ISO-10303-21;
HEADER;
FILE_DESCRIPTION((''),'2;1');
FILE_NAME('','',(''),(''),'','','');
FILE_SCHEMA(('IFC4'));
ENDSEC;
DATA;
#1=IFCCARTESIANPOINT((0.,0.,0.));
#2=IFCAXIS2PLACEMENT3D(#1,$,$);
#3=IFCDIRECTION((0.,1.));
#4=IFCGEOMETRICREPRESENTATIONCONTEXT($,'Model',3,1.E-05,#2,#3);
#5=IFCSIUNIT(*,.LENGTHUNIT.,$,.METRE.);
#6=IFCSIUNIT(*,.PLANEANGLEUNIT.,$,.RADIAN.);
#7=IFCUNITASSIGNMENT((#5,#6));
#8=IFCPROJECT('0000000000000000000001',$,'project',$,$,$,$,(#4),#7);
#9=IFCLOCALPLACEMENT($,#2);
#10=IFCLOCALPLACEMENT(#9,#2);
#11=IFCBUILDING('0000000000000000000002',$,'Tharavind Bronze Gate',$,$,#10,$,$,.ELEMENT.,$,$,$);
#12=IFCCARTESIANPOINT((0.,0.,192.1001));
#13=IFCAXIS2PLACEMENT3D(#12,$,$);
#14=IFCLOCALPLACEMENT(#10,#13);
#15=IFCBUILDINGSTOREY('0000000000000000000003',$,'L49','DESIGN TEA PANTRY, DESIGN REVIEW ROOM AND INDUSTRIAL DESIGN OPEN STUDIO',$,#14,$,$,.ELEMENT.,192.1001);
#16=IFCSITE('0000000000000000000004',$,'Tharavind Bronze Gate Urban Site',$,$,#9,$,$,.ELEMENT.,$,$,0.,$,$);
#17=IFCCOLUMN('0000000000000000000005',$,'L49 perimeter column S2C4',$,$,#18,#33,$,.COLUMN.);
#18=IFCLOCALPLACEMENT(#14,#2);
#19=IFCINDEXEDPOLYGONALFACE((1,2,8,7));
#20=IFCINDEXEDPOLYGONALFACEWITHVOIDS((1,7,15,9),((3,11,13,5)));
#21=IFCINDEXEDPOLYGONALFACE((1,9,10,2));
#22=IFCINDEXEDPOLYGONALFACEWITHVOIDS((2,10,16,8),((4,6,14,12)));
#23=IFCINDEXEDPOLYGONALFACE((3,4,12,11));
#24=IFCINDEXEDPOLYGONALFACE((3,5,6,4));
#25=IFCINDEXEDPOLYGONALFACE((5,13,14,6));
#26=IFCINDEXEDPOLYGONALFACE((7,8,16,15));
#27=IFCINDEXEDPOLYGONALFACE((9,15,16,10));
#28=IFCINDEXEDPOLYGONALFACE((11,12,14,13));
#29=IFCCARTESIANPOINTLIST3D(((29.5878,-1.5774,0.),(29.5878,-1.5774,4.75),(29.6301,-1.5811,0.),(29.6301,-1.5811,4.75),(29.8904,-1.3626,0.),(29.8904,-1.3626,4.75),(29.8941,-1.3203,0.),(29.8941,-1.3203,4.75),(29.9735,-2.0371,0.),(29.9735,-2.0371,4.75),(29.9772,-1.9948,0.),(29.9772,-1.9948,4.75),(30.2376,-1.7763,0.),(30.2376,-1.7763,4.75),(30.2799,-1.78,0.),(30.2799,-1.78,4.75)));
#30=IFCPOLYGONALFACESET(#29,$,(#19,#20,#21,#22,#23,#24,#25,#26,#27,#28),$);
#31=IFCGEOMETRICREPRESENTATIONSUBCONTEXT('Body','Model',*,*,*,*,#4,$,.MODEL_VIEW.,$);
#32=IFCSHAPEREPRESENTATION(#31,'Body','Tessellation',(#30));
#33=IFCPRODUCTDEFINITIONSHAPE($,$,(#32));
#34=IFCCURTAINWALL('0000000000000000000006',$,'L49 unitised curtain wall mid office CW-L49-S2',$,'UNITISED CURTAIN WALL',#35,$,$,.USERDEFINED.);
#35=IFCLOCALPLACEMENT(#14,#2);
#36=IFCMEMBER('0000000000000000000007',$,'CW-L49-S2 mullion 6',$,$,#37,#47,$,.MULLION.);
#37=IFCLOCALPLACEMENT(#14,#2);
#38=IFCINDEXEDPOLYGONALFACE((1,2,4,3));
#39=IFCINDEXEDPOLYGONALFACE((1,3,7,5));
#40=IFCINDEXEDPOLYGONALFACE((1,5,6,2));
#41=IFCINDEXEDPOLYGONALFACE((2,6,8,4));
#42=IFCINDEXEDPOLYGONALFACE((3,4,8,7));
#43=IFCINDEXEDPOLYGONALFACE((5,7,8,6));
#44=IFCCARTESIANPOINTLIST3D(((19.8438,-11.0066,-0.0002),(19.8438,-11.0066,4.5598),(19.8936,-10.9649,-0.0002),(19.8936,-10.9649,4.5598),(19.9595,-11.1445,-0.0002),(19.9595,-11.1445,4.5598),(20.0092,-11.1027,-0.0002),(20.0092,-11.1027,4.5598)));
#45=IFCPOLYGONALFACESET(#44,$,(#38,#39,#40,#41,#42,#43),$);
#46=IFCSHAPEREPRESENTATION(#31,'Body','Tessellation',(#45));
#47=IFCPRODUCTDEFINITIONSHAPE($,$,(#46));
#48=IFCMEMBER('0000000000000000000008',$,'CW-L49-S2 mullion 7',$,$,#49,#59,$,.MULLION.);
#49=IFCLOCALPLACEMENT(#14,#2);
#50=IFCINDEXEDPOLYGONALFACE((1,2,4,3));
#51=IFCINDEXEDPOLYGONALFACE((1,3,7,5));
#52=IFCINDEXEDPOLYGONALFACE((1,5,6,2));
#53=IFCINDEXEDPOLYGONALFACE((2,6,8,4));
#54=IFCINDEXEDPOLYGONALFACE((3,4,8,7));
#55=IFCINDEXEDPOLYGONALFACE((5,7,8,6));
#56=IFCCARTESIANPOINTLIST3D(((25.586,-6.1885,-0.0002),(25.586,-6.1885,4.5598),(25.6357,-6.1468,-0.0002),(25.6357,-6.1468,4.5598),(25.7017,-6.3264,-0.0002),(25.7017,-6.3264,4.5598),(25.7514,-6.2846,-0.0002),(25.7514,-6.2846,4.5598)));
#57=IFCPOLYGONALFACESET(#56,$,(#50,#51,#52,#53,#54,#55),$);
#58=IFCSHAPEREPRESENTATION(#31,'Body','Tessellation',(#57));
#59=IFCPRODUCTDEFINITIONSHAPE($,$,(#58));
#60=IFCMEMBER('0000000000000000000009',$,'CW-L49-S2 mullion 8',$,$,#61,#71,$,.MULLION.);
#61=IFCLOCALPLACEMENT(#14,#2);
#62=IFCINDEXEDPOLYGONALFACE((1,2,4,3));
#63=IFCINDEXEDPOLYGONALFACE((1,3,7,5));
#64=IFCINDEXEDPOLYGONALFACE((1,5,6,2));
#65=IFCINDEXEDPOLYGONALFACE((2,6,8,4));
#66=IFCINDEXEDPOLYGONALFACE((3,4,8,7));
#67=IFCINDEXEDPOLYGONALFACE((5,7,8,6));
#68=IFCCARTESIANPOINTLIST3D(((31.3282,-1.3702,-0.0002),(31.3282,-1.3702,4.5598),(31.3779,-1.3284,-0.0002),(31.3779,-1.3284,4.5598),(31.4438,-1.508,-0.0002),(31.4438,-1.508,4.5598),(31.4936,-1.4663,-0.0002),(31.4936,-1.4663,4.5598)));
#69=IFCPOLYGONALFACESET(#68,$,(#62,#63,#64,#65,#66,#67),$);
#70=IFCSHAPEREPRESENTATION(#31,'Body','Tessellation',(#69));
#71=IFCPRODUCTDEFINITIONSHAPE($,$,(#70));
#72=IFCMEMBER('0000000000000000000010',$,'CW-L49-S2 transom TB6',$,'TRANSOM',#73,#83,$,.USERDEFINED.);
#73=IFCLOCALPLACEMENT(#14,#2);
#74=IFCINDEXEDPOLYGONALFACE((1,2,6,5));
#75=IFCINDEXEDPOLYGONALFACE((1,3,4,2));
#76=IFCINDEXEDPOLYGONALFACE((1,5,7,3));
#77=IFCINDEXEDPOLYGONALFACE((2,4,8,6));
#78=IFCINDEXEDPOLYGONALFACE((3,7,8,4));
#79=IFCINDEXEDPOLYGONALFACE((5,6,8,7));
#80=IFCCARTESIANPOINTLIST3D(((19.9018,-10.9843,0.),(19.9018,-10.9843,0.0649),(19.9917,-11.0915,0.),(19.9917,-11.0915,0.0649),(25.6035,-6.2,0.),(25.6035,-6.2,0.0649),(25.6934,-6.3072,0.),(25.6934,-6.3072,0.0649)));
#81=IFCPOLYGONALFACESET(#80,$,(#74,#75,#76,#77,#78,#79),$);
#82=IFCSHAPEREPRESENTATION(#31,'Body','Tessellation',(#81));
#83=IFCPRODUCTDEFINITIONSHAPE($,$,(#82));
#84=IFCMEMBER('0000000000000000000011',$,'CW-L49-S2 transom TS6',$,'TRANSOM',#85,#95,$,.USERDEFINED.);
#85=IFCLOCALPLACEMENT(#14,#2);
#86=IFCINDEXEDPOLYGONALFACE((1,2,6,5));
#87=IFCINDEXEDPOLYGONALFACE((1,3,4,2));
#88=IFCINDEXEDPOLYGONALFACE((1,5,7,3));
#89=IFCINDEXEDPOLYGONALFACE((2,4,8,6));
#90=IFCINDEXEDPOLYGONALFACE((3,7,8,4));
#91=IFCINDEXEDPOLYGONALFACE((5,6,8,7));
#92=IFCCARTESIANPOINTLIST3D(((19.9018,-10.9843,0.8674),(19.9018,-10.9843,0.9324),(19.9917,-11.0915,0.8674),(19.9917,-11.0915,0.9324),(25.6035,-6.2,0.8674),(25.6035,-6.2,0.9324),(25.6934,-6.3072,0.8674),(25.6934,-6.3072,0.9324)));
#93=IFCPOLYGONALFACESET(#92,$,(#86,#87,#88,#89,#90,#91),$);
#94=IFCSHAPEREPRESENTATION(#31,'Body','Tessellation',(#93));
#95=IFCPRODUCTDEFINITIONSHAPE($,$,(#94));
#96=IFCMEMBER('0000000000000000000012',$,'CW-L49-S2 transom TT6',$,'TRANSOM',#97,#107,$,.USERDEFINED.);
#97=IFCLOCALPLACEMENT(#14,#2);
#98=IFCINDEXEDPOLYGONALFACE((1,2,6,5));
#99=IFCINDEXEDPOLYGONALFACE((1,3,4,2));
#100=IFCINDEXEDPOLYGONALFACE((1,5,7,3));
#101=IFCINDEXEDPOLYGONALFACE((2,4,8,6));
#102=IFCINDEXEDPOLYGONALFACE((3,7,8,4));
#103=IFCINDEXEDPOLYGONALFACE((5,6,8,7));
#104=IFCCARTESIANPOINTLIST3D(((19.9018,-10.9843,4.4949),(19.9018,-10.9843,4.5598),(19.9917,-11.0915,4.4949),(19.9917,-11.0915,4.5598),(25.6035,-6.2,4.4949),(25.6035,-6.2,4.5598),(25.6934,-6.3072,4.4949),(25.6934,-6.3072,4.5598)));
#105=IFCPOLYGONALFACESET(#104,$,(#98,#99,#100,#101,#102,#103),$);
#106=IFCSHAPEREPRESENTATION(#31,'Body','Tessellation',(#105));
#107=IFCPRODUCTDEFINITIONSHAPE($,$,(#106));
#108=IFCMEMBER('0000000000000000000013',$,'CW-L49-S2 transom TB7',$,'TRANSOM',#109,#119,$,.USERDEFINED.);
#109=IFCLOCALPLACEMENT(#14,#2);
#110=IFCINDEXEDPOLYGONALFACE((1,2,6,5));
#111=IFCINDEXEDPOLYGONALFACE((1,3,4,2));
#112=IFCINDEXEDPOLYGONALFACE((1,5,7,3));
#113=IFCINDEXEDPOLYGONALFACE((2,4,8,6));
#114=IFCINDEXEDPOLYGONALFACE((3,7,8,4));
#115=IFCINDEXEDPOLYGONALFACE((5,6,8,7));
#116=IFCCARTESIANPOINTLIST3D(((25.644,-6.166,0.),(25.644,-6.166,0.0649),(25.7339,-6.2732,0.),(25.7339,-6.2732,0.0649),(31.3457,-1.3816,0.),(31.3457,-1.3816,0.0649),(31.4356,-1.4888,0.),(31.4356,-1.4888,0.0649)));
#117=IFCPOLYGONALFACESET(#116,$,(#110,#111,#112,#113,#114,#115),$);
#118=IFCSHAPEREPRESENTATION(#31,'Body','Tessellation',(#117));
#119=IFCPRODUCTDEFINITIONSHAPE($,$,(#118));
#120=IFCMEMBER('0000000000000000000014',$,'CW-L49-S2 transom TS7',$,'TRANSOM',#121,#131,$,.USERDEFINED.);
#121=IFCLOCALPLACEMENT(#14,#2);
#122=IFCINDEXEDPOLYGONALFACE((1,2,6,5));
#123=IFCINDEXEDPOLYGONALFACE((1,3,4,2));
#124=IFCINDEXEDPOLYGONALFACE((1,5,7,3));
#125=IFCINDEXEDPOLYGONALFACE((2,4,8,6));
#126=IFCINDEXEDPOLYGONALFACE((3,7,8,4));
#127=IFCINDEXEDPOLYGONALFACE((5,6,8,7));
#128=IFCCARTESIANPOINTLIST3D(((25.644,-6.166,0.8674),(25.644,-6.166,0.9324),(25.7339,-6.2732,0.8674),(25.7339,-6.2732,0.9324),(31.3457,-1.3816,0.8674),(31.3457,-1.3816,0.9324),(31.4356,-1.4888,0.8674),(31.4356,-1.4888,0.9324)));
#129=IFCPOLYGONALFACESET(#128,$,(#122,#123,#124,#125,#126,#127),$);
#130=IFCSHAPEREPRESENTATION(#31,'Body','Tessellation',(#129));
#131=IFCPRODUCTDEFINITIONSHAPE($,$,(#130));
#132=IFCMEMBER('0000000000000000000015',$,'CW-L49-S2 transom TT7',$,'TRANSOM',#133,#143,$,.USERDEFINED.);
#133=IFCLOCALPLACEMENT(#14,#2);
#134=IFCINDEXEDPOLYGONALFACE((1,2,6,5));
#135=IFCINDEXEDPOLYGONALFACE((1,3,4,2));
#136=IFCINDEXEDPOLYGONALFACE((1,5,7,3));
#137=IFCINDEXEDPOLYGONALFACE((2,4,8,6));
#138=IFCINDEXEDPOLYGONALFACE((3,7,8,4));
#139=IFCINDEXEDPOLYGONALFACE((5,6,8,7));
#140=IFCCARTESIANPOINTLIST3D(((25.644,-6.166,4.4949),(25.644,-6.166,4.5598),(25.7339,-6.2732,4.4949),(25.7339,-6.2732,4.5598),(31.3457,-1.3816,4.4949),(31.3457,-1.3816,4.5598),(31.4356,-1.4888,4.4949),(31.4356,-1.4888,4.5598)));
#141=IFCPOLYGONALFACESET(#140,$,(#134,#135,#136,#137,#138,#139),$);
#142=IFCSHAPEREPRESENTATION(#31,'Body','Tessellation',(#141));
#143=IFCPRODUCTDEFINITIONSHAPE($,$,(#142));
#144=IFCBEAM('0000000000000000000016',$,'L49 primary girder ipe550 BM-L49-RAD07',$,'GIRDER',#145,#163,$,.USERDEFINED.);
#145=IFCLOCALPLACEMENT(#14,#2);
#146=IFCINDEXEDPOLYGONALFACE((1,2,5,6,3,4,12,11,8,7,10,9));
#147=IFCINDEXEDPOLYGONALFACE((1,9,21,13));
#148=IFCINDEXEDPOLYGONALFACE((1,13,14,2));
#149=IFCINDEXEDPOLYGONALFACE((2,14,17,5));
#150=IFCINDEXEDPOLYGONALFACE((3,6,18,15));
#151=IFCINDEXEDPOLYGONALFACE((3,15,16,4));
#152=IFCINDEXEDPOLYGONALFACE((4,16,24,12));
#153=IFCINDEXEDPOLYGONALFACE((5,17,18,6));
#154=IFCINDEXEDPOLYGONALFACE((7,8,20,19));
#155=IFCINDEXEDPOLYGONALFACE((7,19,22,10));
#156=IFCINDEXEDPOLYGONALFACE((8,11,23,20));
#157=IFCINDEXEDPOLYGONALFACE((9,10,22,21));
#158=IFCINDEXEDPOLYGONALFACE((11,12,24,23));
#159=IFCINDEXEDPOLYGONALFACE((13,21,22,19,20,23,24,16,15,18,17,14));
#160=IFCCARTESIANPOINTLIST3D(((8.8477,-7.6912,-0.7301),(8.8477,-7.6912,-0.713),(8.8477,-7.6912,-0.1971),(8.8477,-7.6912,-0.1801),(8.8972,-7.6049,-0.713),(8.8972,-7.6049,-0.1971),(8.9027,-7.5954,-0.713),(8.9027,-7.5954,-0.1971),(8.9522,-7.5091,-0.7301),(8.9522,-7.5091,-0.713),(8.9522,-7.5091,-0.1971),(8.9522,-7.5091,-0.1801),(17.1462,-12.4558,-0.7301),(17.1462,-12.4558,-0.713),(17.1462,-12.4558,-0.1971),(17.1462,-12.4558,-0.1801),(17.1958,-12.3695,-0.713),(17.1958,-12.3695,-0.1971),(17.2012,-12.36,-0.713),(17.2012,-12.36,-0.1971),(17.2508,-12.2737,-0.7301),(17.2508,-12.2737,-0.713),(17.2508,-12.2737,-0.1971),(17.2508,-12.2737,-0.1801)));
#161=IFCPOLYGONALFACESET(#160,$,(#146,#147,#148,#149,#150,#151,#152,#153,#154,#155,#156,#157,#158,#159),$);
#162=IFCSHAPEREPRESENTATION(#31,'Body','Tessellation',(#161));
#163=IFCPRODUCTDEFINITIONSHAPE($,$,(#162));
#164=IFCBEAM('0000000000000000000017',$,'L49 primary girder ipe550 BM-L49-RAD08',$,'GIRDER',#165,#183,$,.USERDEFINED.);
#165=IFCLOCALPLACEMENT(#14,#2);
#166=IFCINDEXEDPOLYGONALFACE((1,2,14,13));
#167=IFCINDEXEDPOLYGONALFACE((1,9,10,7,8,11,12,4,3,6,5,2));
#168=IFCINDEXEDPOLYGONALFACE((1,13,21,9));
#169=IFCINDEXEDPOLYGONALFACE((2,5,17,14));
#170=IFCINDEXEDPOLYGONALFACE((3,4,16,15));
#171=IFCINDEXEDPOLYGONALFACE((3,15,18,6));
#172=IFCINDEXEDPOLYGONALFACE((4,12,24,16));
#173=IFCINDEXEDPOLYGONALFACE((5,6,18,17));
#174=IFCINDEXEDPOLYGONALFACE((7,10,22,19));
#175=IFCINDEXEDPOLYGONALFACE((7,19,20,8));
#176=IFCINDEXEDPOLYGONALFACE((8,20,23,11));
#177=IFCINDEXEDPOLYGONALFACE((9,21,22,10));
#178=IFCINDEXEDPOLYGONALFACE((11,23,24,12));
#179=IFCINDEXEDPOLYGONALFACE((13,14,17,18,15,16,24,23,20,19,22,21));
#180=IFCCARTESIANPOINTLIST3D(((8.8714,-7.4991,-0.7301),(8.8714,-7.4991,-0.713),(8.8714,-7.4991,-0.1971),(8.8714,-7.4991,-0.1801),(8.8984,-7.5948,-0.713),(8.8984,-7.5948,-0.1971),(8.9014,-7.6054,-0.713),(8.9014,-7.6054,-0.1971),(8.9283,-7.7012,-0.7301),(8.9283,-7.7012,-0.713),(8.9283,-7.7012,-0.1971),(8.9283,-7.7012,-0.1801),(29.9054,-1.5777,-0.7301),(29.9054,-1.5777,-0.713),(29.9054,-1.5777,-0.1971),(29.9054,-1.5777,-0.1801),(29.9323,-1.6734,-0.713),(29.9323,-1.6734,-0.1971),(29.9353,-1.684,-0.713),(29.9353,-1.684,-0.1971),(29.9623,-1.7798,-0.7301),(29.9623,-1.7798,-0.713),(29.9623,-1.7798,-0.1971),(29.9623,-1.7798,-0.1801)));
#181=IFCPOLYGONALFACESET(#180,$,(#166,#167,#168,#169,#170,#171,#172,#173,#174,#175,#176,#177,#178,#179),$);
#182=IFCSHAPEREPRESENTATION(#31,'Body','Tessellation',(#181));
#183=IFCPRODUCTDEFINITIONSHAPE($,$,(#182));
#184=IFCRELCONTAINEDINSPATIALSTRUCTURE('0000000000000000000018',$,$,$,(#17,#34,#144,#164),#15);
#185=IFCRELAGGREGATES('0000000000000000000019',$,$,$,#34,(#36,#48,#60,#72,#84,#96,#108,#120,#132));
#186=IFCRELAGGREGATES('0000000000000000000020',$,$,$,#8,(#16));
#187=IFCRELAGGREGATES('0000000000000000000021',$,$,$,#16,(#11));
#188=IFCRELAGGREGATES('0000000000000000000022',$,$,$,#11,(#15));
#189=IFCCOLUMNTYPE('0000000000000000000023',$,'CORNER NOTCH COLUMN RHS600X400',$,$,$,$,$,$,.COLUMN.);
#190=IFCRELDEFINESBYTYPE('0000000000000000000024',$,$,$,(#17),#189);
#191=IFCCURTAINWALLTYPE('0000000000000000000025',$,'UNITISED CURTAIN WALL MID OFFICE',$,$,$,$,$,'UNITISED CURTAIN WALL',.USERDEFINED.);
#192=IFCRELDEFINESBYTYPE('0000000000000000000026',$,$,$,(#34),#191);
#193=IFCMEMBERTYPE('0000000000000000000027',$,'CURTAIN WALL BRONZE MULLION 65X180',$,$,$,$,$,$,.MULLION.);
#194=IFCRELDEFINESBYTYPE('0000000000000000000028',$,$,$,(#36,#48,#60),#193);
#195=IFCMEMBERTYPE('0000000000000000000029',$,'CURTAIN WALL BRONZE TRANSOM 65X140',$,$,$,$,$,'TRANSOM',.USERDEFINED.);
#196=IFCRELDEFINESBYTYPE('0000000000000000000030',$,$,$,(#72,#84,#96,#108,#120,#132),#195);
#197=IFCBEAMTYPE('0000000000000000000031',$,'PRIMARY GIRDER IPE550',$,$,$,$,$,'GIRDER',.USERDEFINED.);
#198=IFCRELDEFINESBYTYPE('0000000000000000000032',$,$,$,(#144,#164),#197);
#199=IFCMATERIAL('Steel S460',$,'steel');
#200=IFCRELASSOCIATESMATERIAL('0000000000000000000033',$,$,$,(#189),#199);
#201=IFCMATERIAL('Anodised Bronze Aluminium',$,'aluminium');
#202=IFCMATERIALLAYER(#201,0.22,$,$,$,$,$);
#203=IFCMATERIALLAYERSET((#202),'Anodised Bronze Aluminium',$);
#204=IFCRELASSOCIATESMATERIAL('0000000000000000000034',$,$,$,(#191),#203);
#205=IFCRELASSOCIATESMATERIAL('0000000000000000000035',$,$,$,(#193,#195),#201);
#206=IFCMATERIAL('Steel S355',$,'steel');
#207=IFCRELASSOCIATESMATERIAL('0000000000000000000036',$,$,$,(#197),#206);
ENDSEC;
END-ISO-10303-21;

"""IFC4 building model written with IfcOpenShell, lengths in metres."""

from ifc_helpers import new_model, si_unit, direction, frame, origin, origin_2d, place, context, subcontext, project, spatial, rectangle, hollow_rectangle, i_section, extrude, material, layer, layer_set, material_profile, profile_set, type_object, element, aggregate, save


model = new_model("IFC4")

# Units and contexts
model_context = context("Model", 3, precision=1e-05, world=origin(), true_north=direction((0.0, 1.0)))
body_context = subcontext(model_context, "Body", "Model", "MODEL_VIEW")
ifc_project = project(units=[si_unit("LENGTHUNIT", "METRE"), si_unit("PLANEANGLEUNIT", "RADIAN")], contexts=[model_context])

# Site, building, storey
site_placement = place(None, origin())
site = spatial("IfcSite", under=ifc_project, at=site_placement, Name="Tharavind Bronze Gate Urban Site", CompositionType="ELEMENT", RefElevation=0.0)
building_placement = place(site_placement, origin())
building = spatial("IfcBuilding", under=site, at=building_placement, Name="Tharavind Bronze Gate", CompositionType="ELEMENT")
storey_placement = place(building_placement, frame((0.0, 0.0, 192.1001)))
storey = spatial("IfcBuildingStorey", under=building, at=storey_placement, Name="L49", Description="DESIGN TEA PANTRY, DESIGN REVIEW ROOM AND INDUSTRIAL DESIGN OPEN STUDIO", CompositionType="ELEMENT", Elevation=192.1001)

# Column
ifc_material_1 = material(Name="Steel S460", Category="steel")
ifc_material_profile_1 = material_profile(ifc_material_1, hollow_rectangle(XDim=0.3999, YDim=0.6001, WallThickness=0.03, at=origin_2d()), Name="RHS600X400X30")
ifc_profile_set_1 = profile_set([ifc_material_profile_1], Name="Steel S460")
column_type = type_object("IfcColumnType", Name="CORNER NOTCH COLUMN RHS600X400", PredefinedType="COLUMN", material=ifc_profile_set_1)
column_placement = place(storey_placement, frame((29.9338, -1.6787, 0.0), z_axis=(0.0, 0.0, 1.0), x_axis=(0.766043, 0.642789, 0.0)))
element("IfcColumn", 1, at=column_placement, inside=storey, type_object=column_type, Name="L49 perimeter column S2C4", PredefinedType="COLUMN", context=body_context, shape_type="SweptSolid", body=[
    extrude(hollow_rectangle(XDim=0.3999, YDim=0.6001, WallThickness=0.03, at=origin_2d()), origin(), (0.0, 0.0, 1.0), 4.75),
])

# Curtain wall, members
ifc_material_2 = material(Name="Anodised Bronze Aluminium", Category="aluminium")
ifc_layer_1 = layer(ifc_material_2, 0.22)
ifc_layer_set_1 = layer_set([ifc_layer_1], Name="Anodised Bronze Aluminium")
curtain_wall_type = type_object("IfcCurtainWallType", Name="UNITISED CURTAIN WALL MID OFFICE", ElementType="UNITISED CURTAIN WALL", PredefinedType="USERDEFINED", material=ifc_layer_set_1)
curtain_wall_placement = place(storey_placement, origin())
curtain_wall = element("IfcCurtainWall", 2, at=curtain_wall_placement, inside=storey, type_object=curtain_wall_type, Name="L49 unitised curtain wall mid office CW-L49-S2", ObjectType="UNITISED CURTAIN WALL", PredefinedType="USERDEFINED")
member_type_1 = type_object("IfcMemberType", Name="CURTAIN WALL BRONZE MULLION 65X180", PredefinedType="MULLION", material=ifc_material_2)
member_1_placement = place(storey_placement, frame((19.9265, -11.0547, -0.0002), z_axis=(0.0, 0.0, 1.0), x_axis=(0.766043, 0.642789, 0.0)))
member_1 = element("IfcMember", 3, at=member_1_placement, type_object=member_type_1, Name="CW-L49-S2 mullion 6", PredefinedType="MULLION", context=body_context, shape_type="SweptSolid", body=[
    extrude(rectangle(XDim=0.0649, YDim=0.1799, at=origin_2d()), origin(), (0.0, 0.0, 1.0), 4.5601),
])
member_2_placement = place(storey_placement, frame((25.6687, -6.2366, -0.0002), z_axis=(0.0, 0.0, 1.0), x_axis=(0.766043, 0.642789, 0.0)))
member_2 = element("IfcMember", 4, at=member_2_placement, type_object=member_type_1, Name="CW-L49-S2 mullion 7", PredefinedType="MULLION", context=body_context, shape_type="SweptSolid", body=[
    extrude(rectangle(XDim=0.0649, YDim=0.1799, at=origin_2d()), origin(), (0.0, 0.0, 1.0), 4.5601),
])
member_3_placement = place(storey_placement, frame((31.4109, -1.4182, -0.0002), z_axis=(0.0, 0.0, 1.0), x_axis=(0.766043, 0.642789, 0.0)))
member_3 = element("IfcMember", 5, at=member_3_placement, type_object=member_type_1, Name="CW-L49-S2 mullion 8", PredefinedType="MULLION", context=body_context, shape_type="SweptSolid", body=[
    extrude(rectangle(XDim=0.0649, YDim=0.1799, at=origin_2d()), origin(), (0.0, 0.0, 1.0), 4.5601),
])
member_type_2 = type_object("IfcMemberType", Name="CURTAIN WALL BRONZE TRANSOM 65X140", ElementType="TRANSOM", PredefinedType="USERDEFINED", material=ifc_material_2)
member_4_placement = place(storey_placement, frame((22.7976, -8.6458, 0.0), z_axis=(0.0, 0.0, 1.0), x_axis=(0.766043, 0.642789, 0.0)))
member_4 = element("IfcMember", 6, at=member_4_placement, type_object=member_type_2, Name="CW-L49-S2 transom TB6", ObjectType="TRANSOM", PredefinedType="USERDEFINED", context=body_context, shape_type="SweptSolid", body=[
    extrude(rectangle(XDim=7.4431, YDim=0.1399, at=origin_2d()), origin(), (0.0, 0.0, 1.0), 0.0649),
])
member_5_placement = place(storey_placement, frame((22.7976, -8.6458, 0.8674), z_axis=(0.0, 0.0, 1.0), x_axis=(0.766043, 0.642789, 0.0)))
member_5 = element("IfcMember", 7, at=member_5_placement, type_object=member_type_2, Name="CW-L49-S2 transom TS6", ObjectType="TRANSOM", PredefinedType="USERDEFINED", context=body_context, shape_type="SweptSolid", body=[
    extrude(rectangle(XDim=7.4431, YDim=0.1399, at=origin_2d()), origin(), (0.0, 0.0, 1.0), 0.0649),
])
member_6_placement = place(storey_placement, frame((22.7976, -8.6458, 4.4949), z_axis=(0.0, 0.0, 1.0), x_axis=(0.766043, 0.642789, 0.0)))
member_6 = element("IfcMember", 8, at=member_6_placement, type_object=member_type_2, Name="CW-L49-S2 transom TT6", ObjectType="TRANSOM", PredefinedType="USERDEFINED", context=body_context, shape_type="SweptSolid", body=[
    extrude(rectangle(XDim=7.4431, YDim=0.1399, at=origin_2d()), origin(), (0.0, 0.0, 1.0), 0.0649),
])
member_7_placement = place(storey_placement, frame((28.5398, -3.8274, 0.0), z_axis=(0.0, 0.0, 1.0), x_axis=(0.766043, 0.642789, 0.0)))
member_7 = element("IfcMember", 9, at=member_7_placement, type_object=member_type_2, Name="CW-L49-S2 transom TB7", ObjectType="TRANSOM", PredefinedType="USERDEFINED", context=body_context, shape_type="SweptSolid", body=[
    extrude(rectangle(XDim=7.4431, YDim=0.1399, at=origin_2d()), origin(), (0.0, 0.0, 1.0), 0.0649),
])
member_8_placement = place(storey_placement, frame((28.5398, -3.8274, 0.8674), z_axis=(0.0, 0.0, 1.0), x_axis=(0.766043, 0.642789, 0.0)))
member_8 = element("IfcMember", 10, at=member_8_placement, type_object=member_type_2, Name="CW-L49-S2 transom TS7", ObjectType="TRANSOM", PredefinedType="USERDEFINED", context=body_context, shape_type="SweptSolid", body=[
    extrude(rectangle(XDim=7.4431, YDim=0.1399, at=origin_2d()), origin(), (0.0, 0.0, 1.0), 0.0649),
])
member_9_placement = place(storey_placement, frame((28.5398, -3.8274, 4.4949), z_axis=(0.0, 0.0, 1.0), x_axis=(0.766043, 0.642789, 0.0)))
member_9 = element("IfcMember", 11, at=member_9_placement, type_object=member_type_2, Name="CW-L49-S2 transom TT7", ObjectType="TRANSOM", PredefinedType="USERDEFINED", context=body_context, shape_type="SweptSolid", body=[
    extrude(rectangle(XDim=7.4431, YDim=0.1399, at=origin_2d()), origin(), (0.0, 0.0, 1.0), 0.0649),
])

# Beams
ifc_material_3 = material(Name="Steel S355", Category="steel")
ifc_material_profile_2 = material_profile(ifc_material_3, i_section(OverallWidth=0.21, OverallDepth=0.55, WebThickness=0.011, FlangeThickness=0.0171, at=origin_2d()), Name="IPE550")
ifc_profile_set_2 = profile_set([ifc_material_profile_2], Name="Steel S355")
beam_type_1 = type_object("IfcBeamType", Name="PRIMARY GIRDER IPE550", ElementType="GIRDER", PredefinedType="USERDEFINED", material=ifc_profile_set_2)
beam_1_placement = place(storey_placement, frame((17.1985, -12.3647, -0.4551), z_axis=(-0.867224, 0.497918, 0.0), x_axis=(-0.497918, -0.867224, 0.0)))
element("IfcBeam", 12, at=beam_1_placement, inside=storey, type_object=beam_type_1, Name="L49 primary girder ipe550 BM-L49-RAD07", ObjectType="GIRDER", PredefinedType="USERDEFINED", context=body_context, shape_type="SweptSolid", body=[
    extrude(i_section(OverallWidth=0.21, OverallDepth=0.55, WebThickness=0.011, FlangeThickness=0.0171, at=origin_2d()), origin(), (0.0, 0.0, 1.0), 9.5691),
])
beam_2_placement = place(storey_placement, frame((29.9338, -1.6787, -0.4551), z_axis=(-0.962584, -0.270983, 0.0), x_axis=(0.270983, -0.962584, 0.0)))
element("IfcBeam", 13, at=beam_2_placement, inside=storey, type_object=beam_type_1, Name="L49 primary girder ipe550 BM-L49-RAD08", ObjectType="GIRDER", PredefinedType="USERDEFINED", context=body_context, shape_type="SweptSolid", body=[
    extrude(i_section(OverallWidth=0.21, OverallDepth=0.55, WebThickness=0.011, FlangeThickness=0.0171, at=origin_2d()), origin(), (0.0, 0.0, 1.0), 21.8516),
])

aggregate(curtain_wall, [member_1, member_2, member_3, member_4, member_5, member_6, member_7, member_8, member_9])

save(model, "model.ifc")
